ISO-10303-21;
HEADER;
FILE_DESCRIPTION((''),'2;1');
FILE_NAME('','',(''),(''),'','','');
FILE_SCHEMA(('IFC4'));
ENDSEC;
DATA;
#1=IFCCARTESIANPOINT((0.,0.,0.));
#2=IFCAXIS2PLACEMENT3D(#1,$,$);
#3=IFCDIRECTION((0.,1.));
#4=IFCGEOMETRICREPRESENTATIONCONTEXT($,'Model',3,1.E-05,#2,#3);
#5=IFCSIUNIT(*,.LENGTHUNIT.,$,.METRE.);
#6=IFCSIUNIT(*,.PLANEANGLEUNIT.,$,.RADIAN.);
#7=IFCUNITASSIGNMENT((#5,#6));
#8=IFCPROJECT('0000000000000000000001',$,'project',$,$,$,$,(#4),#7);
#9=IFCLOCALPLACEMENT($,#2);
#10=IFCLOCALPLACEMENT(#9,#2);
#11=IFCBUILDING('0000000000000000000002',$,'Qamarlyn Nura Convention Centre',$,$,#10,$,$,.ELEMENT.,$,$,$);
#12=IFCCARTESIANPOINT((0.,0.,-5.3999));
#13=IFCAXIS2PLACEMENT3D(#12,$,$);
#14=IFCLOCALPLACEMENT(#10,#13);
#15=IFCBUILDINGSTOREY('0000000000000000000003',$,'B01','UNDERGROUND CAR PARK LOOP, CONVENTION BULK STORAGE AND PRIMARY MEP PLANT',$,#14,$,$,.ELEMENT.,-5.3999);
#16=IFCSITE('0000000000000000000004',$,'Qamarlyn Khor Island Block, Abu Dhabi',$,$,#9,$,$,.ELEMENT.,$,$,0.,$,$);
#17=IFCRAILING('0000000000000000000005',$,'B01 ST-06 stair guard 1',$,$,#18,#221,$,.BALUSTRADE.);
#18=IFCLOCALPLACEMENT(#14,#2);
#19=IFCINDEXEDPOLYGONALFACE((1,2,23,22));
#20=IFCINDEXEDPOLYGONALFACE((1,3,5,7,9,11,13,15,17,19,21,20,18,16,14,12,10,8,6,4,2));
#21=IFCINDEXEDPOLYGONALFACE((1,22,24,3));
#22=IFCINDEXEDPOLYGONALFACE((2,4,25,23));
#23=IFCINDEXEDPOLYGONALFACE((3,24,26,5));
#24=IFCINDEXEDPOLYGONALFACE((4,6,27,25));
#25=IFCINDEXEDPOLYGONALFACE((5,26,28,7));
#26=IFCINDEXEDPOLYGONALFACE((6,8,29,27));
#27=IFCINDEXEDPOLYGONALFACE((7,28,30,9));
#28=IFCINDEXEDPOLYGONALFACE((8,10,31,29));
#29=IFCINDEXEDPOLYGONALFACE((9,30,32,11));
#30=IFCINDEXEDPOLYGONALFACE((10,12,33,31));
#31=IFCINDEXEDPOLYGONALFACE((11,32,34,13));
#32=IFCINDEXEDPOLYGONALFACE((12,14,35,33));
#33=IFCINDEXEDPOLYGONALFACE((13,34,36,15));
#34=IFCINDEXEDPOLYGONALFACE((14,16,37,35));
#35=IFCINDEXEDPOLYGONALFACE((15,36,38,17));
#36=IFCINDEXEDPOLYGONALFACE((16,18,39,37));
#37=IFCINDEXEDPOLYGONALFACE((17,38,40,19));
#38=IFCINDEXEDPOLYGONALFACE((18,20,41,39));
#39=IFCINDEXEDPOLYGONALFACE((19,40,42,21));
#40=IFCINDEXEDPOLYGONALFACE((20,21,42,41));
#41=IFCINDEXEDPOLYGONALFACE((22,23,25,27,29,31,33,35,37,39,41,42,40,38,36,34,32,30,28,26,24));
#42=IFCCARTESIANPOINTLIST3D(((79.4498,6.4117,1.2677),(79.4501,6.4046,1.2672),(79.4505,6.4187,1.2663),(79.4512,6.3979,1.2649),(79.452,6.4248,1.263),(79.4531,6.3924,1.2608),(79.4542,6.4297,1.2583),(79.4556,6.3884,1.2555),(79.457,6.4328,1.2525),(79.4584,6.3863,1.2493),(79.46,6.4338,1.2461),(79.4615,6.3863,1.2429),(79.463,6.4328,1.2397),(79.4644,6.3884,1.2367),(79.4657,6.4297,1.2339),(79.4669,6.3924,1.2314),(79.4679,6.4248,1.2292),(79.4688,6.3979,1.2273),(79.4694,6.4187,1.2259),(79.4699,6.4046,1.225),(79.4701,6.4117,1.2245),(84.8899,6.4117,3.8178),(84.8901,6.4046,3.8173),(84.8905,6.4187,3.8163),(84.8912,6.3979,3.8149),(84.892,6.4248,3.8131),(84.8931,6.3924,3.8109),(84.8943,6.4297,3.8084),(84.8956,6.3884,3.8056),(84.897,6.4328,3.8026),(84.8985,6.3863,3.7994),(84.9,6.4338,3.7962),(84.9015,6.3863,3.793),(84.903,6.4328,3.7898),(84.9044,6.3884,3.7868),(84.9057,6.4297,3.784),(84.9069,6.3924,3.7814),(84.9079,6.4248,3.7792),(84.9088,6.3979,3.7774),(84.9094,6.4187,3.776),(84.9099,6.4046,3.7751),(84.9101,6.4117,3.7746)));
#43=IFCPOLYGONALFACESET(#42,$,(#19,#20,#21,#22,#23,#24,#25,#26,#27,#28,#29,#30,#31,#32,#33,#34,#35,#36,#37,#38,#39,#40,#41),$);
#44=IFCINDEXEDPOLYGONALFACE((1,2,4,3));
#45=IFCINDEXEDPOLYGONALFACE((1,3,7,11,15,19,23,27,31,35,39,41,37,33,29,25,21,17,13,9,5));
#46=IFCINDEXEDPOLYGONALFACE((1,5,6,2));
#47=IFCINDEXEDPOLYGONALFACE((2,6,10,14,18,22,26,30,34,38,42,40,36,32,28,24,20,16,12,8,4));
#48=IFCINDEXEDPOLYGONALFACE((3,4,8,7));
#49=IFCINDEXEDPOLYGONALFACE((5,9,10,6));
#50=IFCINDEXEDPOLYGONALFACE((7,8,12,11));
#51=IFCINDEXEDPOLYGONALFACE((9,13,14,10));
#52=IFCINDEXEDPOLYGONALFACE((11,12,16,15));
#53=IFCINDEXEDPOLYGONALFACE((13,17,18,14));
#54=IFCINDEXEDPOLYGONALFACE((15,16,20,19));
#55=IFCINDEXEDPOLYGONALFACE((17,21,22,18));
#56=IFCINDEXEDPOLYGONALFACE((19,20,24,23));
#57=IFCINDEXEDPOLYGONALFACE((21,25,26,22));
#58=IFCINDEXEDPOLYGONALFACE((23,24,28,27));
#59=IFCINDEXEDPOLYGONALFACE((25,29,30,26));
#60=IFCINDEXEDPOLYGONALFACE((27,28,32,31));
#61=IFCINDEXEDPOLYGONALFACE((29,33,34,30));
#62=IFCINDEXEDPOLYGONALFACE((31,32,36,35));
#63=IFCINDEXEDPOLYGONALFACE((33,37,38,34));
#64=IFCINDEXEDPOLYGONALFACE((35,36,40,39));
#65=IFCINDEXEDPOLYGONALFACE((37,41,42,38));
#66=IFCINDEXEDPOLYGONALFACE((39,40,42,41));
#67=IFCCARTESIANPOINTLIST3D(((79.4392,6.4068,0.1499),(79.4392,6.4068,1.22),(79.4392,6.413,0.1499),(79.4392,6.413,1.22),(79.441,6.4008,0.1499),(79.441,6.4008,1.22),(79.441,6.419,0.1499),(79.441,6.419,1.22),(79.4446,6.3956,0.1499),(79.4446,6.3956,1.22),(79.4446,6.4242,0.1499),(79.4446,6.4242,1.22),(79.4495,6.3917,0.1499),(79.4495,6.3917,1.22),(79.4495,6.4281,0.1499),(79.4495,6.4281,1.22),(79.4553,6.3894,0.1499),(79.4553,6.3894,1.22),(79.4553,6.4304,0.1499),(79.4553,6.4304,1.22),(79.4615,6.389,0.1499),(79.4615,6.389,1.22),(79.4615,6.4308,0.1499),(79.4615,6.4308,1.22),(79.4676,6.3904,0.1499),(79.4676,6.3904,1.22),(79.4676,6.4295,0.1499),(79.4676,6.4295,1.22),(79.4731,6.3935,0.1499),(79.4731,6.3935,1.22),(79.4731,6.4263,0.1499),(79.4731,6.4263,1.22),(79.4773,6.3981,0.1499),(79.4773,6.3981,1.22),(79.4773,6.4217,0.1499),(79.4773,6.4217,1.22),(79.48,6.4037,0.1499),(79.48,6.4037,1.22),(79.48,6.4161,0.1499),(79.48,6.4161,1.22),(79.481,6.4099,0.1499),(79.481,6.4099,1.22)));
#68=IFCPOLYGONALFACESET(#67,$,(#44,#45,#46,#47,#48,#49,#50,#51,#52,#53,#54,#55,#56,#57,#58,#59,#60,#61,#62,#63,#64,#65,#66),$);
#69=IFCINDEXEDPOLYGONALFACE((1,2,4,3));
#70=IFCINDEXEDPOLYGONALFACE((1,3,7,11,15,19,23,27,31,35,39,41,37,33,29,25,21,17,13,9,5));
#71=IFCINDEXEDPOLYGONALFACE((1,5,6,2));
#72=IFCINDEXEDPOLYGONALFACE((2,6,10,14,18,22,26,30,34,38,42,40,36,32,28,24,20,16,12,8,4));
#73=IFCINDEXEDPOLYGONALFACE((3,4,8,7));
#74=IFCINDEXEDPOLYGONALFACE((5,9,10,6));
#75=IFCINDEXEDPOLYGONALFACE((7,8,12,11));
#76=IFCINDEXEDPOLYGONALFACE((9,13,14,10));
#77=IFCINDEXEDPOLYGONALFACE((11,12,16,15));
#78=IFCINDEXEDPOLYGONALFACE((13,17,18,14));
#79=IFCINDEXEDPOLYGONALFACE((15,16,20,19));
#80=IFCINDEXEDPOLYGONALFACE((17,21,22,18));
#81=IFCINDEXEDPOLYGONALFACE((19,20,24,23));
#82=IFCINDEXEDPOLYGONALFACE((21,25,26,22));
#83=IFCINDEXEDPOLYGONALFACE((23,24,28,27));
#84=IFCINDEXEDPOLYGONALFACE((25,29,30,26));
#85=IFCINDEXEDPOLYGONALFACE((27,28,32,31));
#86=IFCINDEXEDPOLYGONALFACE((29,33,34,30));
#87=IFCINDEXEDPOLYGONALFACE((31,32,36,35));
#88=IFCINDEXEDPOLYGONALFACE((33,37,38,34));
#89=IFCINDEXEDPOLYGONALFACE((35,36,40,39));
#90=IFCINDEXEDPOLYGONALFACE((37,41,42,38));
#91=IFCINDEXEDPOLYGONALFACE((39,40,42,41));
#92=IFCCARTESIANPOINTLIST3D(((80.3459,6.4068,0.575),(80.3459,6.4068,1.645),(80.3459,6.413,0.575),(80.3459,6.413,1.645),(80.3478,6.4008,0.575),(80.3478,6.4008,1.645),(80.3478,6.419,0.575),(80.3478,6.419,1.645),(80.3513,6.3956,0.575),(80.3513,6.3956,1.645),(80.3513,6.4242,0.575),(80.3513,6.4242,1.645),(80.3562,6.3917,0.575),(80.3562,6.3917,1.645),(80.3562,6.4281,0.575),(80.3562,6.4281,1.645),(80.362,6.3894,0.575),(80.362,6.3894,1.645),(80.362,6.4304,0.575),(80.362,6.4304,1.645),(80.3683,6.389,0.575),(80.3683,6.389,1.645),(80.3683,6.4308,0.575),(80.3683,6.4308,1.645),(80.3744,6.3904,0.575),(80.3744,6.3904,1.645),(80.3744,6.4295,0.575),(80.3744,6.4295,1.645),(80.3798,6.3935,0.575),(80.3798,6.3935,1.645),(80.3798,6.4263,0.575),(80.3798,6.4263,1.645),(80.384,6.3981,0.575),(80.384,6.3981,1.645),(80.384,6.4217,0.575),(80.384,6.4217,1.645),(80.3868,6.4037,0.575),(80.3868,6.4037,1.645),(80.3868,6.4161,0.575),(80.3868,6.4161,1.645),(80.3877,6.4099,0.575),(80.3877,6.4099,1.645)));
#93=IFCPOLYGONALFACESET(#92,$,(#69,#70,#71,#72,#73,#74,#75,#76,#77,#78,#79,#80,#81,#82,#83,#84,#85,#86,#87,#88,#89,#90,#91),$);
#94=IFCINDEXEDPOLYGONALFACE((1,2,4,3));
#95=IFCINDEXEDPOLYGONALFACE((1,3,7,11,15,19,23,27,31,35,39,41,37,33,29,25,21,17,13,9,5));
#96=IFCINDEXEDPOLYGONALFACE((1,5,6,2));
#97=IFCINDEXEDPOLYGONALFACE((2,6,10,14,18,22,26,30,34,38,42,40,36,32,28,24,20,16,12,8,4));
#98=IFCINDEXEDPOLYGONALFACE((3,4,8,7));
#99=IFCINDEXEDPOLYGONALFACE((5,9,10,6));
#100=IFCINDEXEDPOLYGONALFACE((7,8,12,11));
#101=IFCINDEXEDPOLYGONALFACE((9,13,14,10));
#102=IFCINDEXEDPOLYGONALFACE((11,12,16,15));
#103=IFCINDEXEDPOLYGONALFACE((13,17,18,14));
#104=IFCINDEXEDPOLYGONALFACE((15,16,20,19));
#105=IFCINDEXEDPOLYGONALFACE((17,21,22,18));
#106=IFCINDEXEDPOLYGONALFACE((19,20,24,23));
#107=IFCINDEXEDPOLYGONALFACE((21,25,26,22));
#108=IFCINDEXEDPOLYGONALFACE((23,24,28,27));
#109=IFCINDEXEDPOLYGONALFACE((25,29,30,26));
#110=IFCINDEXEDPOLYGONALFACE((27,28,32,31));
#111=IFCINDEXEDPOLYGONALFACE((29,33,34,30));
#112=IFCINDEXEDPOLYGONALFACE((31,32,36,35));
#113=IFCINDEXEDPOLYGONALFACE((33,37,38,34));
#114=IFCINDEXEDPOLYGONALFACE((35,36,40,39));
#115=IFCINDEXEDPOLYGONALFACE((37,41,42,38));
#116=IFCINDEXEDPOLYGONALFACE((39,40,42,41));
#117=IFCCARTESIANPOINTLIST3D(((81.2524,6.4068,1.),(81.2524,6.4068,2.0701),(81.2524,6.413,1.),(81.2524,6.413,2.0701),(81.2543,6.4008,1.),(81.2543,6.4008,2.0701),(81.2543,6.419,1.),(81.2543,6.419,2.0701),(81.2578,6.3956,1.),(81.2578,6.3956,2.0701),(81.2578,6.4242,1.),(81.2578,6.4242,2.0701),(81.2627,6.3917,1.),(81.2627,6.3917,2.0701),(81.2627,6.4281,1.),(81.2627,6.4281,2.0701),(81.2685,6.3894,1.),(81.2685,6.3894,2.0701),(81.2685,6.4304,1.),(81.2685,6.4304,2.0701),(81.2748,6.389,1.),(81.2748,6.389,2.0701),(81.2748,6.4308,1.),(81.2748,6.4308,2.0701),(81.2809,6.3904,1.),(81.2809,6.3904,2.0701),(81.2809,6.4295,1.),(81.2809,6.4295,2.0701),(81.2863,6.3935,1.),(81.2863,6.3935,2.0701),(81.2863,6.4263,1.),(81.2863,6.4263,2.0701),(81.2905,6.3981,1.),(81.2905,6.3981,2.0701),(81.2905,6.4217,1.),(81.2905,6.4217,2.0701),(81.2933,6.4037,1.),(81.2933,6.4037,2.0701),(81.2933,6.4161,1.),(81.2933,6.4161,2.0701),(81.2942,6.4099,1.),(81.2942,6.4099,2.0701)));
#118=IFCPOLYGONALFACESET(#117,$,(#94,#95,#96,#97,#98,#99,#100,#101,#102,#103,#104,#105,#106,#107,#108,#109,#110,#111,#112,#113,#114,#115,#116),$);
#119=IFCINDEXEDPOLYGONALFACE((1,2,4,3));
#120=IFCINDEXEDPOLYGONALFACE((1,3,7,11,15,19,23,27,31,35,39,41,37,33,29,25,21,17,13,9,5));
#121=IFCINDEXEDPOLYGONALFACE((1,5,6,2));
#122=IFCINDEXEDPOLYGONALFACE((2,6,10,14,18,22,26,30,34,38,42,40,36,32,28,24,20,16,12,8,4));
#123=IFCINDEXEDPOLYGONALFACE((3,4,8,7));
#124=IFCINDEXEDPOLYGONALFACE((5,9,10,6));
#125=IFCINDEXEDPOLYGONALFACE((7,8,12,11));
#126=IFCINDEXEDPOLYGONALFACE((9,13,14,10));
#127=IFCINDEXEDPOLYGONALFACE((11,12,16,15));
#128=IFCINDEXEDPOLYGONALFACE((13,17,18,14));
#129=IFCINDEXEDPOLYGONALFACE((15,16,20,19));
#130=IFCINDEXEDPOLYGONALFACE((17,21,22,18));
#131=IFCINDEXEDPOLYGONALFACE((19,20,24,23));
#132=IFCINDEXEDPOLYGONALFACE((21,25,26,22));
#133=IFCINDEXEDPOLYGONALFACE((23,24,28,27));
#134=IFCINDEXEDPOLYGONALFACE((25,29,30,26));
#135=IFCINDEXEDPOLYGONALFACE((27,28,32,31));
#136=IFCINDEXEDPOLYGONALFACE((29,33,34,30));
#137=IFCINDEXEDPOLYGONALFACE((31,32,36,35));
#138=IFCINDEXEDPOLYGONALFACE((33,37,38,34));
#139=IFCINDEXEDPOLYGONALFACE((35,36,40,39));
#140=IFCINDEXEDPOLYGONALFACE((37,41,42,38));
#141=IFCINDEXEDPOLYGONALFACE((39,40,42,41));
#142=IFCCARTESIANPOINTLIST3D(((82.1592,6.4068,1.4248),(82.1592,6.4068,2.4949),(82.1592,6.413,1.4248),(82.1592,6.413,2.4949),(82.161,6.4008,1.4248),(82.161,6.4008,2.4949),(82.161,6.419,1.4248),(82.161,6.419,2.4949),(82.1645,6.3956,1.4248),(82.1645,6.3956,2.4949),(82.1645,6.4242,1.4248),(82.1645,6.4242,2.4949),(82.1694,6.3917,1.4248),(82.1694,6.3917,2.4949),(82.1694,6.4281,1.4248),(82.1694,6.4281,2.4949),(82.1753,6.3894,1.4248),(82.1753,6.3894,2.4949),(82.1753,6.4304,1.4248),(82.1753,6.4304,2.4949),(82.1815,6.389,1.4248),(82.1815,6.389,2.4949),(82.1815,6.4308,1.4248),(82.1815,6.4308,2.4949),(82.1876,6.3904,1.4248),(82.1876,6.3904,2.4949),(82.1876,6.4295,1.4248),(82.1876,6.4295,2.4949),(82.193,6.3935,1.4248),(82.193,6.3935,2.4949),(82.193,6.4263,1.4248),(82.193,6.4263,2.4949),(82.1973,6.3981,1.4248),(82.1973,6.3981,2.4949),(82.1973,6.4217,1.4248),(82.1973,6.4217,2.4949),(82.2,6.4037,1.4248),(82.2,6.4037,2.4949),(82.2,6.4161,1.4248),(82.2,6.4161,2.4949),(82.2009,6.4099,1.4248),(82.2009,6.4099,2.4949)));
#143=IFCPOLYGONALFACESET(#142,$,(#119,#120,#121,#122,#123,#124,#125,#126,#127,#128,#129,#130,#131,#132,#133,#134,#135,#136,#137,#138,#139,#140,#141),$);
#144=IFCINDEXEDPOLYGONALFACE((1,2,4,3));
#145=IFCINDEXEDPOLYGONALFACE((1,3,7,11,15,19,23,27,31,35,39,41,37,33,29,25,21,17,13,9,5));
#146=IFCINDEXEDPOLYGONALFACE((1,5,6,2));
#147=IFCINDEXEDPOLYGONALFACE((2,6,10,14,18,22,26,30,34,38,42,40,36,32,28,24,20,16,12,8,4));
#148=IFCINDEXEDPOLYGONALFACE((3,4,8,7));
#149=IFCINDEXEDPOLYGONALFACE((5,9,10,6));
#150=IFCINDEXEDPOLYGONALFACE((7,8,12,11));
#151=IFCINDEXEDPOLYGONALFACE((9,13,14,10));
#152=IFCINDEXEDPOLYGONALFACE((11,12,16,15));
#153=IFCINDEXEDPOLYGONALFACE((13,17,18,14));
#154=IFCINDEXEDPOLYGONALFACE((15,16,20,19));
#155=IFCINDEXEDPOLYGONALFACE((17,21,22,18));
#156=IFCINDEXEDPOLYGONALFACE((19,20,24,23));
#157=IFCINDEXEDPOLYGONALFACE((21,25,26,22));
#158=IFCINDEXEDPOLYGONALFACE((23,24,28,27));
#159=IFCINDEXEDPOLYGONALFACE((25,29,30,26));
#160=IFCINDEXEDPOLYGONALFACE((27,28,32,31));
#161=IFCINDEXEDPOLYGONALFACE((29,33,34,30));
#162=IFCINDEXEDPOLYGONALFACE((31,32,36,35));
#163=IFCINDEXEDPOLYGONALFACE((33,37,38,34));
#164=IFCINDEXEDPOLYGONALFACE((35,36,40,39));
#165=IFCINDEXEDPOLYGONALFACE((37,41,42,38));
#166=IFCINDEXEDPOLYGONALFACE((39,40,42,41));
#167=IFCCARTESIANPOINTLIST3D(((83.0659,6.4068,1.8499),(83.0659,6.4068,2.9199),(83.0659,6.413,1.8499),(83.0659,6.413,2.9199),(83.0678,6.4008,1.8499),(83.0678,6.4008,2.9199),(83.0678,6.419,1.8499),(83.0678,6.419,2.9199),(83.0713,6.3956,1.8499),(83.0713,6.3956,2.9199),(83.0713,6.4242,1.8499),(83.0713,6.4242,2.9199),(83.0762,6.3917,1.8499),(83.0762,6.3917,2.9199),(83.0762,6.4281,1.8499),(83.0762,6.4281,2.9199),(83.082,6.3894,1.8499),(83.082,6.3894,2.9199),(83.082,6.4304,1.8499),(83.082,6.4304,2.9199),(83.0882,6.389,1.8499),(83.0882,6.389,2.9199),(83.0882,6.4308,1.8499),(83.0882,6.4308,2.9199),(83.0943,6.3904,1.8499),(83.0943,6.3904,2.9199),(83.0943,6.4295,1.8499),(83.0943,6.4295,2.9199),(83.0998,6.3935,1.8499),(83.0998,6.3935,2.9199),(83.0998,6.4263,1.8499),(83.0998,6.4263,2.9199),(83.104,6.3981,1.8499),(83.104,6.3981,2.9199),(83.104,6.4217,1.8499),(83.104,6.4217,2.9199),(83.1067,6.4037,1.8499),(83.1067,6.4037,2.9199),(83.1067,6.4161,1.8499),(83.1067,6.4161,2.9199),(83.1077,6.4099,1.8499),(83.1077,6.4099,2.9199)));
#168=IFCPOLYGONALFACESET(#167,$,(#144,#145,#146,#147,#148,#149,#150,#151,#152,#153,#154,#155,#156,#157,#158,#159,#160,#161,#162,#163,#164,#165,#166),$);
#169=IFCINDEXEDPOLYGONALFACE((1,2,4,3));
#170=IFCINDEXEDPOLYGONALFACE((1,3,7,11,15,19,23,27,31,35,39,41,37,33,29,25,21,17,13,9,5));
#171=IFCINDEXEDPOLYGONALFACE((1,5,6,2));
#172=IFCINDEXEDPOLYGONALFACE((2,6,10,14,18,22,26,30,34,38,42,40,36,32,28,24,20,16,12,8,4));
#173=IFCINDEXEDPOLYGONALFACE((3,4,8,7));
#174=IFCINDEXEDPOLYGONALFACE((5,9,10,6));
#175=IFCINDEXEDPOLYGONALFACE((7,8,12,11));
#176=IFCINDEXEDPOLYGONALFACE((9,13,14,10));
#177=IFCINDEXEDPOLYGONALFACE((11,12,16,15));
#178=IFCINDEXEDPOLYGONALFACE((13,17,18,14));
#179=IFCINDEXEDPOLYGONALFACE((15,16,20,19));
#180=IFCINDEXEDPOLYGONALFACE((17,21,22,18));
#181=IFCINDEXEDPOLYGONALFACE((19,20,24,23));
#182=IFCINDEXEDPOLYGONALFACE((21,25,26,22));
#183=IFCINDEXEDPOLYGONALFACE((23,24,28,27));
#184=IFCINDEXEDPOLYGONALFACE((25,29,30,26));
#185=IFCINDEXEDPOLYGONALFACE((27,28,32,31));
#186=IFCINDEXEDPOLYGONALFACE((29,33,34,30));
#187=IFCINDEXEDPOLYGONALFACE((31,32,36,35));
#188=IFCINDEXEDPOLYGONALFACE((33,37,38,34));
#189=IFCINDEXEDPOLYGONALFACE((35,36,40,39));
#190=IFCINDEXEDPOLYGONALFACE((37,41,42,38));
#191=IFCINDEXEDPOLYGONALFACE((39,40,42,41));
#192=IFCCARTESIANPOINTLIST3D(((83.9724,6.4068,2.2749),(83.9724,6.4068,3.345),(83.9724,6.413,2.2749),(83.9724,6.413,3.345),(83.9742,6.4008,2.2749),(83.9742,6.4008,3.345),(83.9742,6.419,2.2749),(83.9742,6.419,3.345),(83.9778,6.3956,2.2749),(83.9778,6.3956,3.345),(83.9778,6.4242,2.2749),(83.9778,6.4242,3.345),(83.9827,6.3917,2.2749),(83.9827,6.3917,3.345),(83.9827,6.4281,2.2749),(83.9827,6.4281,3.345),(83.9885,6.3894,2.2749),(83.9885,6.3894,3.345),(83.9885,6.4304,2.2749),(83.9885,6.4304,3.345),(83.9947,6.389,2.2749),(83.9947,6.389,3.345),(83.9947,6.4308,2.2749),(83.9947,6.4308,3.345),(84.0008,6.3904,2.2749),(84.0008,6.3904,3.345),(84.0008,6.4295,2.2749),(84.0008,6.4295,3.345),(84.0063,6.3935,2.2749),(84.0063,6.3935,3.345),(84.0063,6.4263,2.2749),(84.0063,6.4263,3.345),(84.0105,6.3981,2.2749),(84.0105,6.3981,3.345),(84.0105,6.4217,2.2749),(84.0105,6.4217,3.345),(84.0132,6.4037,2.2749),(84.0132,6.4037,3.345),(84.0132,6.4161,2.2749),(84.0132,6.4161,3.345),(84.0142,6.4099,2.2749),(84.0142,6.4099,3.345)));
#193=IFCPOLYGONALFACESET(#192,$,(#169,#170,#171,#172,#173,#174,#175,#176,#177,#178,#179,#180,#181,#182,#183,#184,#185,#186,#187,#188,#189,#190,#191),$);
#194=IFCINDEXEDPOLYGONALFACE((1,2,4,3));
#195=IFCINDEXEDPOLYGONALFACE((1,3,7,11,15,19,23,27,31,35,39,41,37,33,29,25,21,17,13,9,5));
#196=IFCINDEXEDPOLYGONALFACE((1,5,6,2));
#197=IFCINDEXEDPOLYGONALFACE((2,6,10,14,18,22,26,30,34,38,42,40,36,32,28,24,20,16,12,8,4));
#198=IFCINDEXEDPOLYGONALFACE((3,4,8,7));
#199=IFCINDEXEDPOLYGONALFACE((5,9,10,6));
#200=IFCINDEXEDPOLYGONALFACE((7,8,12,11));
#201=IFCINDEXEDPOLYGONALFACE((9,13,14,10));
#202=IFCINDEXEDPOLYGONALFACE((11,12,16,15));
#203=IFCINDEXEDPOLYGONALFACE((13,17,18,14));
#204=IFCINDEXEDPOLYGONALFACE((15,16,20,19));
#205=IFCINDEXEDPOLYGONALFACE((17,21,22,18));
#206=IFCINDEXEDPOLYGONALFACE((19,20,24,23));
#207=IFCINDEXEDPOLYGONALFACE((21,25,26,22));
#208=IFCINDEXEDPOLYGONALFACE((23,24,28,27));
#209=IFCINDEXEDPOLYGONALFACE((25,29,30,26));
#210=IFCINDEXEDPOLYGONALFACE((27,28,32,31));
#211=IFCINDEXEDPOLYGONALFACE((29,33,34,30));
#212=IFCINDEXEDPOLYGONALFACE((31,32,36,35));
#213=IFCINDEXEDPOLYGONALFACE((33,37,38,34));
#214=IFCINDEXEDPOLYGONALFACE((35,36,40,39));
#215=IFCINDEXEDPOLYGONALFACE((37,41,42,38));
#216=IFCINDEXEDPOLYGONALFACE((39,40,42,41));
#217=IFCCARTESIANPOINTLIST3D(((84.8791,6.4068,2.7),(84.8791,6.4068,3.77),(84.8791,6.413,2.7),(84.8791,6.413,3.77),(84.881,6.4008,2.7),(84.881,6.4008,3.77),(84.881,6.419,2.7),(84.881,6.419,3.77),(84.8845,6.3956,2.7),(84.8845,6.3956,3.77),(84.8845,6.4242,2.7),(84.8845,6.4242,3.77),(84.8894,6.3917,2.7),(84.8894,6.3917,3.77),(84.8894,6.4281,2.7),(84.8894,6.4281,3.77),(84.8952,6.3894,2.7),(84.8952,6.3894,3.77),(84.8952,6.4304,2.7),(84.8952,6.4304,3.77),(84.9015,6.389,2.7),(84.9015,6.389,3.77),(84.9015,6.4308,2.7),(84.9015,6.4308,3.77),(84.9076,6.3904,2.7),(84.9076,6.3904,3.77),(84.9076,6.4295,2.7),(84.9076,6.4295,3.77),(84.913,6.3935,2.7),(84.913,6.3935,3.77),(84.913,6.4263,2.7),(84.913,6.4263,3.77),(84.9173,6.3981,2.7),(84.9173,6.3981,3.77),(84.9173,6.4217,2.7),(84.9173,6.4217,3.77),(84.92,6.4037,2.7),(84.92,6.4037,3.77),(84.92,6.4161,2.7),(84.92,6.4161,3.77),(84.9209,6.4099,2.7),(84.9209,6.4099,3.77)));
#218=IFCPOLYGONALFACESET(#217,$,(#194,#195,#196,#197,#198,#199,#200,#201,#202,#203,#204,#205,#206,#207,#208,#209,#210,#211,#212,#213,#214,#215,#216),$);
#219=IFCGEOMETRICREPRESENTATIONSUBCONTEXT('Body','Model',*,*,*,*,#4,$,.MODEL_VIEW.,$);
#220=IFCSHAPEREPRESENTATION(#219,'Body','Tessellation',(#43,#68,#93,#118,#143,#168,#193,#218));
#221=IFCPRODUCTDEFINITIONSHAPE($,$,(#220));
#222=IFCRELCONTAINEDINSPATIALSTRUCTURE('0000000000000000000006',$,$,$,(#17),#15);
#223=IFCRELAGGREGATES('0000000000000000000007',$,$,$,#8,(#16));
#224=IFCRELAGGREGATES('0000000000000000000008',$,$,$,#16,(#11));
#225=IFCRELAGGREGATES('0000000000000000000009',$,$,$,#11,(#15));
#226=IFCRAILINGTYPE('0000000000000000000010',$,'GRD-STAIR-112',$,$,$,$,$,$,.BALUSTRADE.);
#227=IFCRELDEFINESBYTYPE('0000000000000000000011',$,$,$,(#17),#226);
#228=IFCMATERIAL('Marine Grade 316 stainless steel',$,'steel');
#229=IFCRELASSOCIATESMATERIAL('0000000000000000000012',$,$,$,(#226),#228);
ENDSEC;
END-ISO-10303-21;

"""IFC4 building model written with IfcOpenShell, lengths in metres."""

from ifc_helpers import new_model, si_unit, direction, frame, origin, origin_2d, place, context, subcontext, project, spatial, circle, extrude, material, type_object, element, save


model = new_model("IFC4")

# Units and contexts
model_context = context("Model", 3, precision=1e-05, world=origin(), true_north=direction((0.0, 1.0)))
body_context = subcontext(model_context, "Body", "Model", "MODEL_VIEW")
ifc_project = project(units=[si_unit("LENGTHUNIT", "METRE"), si_unit("PLANEANGLEUNIT", "RADIAN")], contexts=[model_context])

# Site, building, storey
site_placement = place(None, origin())
site = spatial("IfcSite", under=ifc_project, at=site_placement, Name="Qamarlyn Khor Island Block, Abu Dhabi", CompositionType="ELEMENT", RefElevation=0.0)
building_placement = place(site_placement, origin())
building = spatial("IfcBuilding", under=site, at=building_placement, Name="Qamarlyn Nura Convention Centre", CompositionType="ELEMENT")
storey_placement = place(building_placement, frame((0.0, 0.0, -5.3999)))
storey = spatial("IfcBuildingStorey", under=building, at=storey_placement, Name="B01", Description="UNDERGROUND CAR PARK LOOP, CONVENTION BULK STORAGE AND PRIMARY MEP PLANT", CompositionType="ELEMENT", Elevation=-5.3999)

# Railing
ifc_material_1 = material(Name="Marine Grade 316 stainless steel", Category="steel")
railing_type_1 = type_object("IfcRailingType", Name="GRD-STAIR-112", PredefinedType="BALUSTRADE", material=ifc_material_1)
railing_1_placement = place(storey_placement, frame((79.46, 6.4099, 0.1499)))
element("IfcRailing", 1, at=railing_1_placement, inside=storey, type_object=railing_type_1, Name="B01 ST-06 stair guard 1", PredefinedType="BALUSTRADE", context=body_context, shape_type="SweptSolid", body=[
    extrude(circle(Radius=0.0239, at=origin_2d()), frame((0.0, 0.0, 1.0962), z_axis=(0.905454, 0.0, 0.424444), x_axis=(0.0, 1.0, 0.0)), (0.0, 0.0, 1.0), 6.0081),
    extrude(circle(Radius=0.021, at=origin_2d()), origin(), (0.0, 0.0, 1.0), 1.0701),
    extrude(circle(Radius=0.021, at=origin_2d()), frame((0.9067, 0.0, 0.425)), (0.0, 0.0, 1.0), 1.0701),
    extrude(circle(Radius=0.021, at=origin_2d()), frame((1.8132, 0.0, 0.8501)), (0.0, 0.0, 1.0), 1.0701),
    extrude(circle(Radius=0.021, at=origin_2d()), frame((2.72, 0.0, 1.2749)), (0.0, 0.0, 1.0), 1.0701),
    extrude(circle(Radius=0.021, at=origin_2d()), frame((3.6267, 0.0, 1.7)), (0.0, 0.0, 1.0), 1.0701),
    extrude(circle(Radius=0.021, at=origin_2d()), frame((4.5332, 0.0, 2.125)), (0.0, 0.0, 1.0), 1.0701),
    extrude(circle(Radius=0.021, at=origin_2d()), frame((5.4399, 0.0, 2.55)), (0.0, 0.0, 1.0), 1.0701),
])

save(model, "model.ifc")
